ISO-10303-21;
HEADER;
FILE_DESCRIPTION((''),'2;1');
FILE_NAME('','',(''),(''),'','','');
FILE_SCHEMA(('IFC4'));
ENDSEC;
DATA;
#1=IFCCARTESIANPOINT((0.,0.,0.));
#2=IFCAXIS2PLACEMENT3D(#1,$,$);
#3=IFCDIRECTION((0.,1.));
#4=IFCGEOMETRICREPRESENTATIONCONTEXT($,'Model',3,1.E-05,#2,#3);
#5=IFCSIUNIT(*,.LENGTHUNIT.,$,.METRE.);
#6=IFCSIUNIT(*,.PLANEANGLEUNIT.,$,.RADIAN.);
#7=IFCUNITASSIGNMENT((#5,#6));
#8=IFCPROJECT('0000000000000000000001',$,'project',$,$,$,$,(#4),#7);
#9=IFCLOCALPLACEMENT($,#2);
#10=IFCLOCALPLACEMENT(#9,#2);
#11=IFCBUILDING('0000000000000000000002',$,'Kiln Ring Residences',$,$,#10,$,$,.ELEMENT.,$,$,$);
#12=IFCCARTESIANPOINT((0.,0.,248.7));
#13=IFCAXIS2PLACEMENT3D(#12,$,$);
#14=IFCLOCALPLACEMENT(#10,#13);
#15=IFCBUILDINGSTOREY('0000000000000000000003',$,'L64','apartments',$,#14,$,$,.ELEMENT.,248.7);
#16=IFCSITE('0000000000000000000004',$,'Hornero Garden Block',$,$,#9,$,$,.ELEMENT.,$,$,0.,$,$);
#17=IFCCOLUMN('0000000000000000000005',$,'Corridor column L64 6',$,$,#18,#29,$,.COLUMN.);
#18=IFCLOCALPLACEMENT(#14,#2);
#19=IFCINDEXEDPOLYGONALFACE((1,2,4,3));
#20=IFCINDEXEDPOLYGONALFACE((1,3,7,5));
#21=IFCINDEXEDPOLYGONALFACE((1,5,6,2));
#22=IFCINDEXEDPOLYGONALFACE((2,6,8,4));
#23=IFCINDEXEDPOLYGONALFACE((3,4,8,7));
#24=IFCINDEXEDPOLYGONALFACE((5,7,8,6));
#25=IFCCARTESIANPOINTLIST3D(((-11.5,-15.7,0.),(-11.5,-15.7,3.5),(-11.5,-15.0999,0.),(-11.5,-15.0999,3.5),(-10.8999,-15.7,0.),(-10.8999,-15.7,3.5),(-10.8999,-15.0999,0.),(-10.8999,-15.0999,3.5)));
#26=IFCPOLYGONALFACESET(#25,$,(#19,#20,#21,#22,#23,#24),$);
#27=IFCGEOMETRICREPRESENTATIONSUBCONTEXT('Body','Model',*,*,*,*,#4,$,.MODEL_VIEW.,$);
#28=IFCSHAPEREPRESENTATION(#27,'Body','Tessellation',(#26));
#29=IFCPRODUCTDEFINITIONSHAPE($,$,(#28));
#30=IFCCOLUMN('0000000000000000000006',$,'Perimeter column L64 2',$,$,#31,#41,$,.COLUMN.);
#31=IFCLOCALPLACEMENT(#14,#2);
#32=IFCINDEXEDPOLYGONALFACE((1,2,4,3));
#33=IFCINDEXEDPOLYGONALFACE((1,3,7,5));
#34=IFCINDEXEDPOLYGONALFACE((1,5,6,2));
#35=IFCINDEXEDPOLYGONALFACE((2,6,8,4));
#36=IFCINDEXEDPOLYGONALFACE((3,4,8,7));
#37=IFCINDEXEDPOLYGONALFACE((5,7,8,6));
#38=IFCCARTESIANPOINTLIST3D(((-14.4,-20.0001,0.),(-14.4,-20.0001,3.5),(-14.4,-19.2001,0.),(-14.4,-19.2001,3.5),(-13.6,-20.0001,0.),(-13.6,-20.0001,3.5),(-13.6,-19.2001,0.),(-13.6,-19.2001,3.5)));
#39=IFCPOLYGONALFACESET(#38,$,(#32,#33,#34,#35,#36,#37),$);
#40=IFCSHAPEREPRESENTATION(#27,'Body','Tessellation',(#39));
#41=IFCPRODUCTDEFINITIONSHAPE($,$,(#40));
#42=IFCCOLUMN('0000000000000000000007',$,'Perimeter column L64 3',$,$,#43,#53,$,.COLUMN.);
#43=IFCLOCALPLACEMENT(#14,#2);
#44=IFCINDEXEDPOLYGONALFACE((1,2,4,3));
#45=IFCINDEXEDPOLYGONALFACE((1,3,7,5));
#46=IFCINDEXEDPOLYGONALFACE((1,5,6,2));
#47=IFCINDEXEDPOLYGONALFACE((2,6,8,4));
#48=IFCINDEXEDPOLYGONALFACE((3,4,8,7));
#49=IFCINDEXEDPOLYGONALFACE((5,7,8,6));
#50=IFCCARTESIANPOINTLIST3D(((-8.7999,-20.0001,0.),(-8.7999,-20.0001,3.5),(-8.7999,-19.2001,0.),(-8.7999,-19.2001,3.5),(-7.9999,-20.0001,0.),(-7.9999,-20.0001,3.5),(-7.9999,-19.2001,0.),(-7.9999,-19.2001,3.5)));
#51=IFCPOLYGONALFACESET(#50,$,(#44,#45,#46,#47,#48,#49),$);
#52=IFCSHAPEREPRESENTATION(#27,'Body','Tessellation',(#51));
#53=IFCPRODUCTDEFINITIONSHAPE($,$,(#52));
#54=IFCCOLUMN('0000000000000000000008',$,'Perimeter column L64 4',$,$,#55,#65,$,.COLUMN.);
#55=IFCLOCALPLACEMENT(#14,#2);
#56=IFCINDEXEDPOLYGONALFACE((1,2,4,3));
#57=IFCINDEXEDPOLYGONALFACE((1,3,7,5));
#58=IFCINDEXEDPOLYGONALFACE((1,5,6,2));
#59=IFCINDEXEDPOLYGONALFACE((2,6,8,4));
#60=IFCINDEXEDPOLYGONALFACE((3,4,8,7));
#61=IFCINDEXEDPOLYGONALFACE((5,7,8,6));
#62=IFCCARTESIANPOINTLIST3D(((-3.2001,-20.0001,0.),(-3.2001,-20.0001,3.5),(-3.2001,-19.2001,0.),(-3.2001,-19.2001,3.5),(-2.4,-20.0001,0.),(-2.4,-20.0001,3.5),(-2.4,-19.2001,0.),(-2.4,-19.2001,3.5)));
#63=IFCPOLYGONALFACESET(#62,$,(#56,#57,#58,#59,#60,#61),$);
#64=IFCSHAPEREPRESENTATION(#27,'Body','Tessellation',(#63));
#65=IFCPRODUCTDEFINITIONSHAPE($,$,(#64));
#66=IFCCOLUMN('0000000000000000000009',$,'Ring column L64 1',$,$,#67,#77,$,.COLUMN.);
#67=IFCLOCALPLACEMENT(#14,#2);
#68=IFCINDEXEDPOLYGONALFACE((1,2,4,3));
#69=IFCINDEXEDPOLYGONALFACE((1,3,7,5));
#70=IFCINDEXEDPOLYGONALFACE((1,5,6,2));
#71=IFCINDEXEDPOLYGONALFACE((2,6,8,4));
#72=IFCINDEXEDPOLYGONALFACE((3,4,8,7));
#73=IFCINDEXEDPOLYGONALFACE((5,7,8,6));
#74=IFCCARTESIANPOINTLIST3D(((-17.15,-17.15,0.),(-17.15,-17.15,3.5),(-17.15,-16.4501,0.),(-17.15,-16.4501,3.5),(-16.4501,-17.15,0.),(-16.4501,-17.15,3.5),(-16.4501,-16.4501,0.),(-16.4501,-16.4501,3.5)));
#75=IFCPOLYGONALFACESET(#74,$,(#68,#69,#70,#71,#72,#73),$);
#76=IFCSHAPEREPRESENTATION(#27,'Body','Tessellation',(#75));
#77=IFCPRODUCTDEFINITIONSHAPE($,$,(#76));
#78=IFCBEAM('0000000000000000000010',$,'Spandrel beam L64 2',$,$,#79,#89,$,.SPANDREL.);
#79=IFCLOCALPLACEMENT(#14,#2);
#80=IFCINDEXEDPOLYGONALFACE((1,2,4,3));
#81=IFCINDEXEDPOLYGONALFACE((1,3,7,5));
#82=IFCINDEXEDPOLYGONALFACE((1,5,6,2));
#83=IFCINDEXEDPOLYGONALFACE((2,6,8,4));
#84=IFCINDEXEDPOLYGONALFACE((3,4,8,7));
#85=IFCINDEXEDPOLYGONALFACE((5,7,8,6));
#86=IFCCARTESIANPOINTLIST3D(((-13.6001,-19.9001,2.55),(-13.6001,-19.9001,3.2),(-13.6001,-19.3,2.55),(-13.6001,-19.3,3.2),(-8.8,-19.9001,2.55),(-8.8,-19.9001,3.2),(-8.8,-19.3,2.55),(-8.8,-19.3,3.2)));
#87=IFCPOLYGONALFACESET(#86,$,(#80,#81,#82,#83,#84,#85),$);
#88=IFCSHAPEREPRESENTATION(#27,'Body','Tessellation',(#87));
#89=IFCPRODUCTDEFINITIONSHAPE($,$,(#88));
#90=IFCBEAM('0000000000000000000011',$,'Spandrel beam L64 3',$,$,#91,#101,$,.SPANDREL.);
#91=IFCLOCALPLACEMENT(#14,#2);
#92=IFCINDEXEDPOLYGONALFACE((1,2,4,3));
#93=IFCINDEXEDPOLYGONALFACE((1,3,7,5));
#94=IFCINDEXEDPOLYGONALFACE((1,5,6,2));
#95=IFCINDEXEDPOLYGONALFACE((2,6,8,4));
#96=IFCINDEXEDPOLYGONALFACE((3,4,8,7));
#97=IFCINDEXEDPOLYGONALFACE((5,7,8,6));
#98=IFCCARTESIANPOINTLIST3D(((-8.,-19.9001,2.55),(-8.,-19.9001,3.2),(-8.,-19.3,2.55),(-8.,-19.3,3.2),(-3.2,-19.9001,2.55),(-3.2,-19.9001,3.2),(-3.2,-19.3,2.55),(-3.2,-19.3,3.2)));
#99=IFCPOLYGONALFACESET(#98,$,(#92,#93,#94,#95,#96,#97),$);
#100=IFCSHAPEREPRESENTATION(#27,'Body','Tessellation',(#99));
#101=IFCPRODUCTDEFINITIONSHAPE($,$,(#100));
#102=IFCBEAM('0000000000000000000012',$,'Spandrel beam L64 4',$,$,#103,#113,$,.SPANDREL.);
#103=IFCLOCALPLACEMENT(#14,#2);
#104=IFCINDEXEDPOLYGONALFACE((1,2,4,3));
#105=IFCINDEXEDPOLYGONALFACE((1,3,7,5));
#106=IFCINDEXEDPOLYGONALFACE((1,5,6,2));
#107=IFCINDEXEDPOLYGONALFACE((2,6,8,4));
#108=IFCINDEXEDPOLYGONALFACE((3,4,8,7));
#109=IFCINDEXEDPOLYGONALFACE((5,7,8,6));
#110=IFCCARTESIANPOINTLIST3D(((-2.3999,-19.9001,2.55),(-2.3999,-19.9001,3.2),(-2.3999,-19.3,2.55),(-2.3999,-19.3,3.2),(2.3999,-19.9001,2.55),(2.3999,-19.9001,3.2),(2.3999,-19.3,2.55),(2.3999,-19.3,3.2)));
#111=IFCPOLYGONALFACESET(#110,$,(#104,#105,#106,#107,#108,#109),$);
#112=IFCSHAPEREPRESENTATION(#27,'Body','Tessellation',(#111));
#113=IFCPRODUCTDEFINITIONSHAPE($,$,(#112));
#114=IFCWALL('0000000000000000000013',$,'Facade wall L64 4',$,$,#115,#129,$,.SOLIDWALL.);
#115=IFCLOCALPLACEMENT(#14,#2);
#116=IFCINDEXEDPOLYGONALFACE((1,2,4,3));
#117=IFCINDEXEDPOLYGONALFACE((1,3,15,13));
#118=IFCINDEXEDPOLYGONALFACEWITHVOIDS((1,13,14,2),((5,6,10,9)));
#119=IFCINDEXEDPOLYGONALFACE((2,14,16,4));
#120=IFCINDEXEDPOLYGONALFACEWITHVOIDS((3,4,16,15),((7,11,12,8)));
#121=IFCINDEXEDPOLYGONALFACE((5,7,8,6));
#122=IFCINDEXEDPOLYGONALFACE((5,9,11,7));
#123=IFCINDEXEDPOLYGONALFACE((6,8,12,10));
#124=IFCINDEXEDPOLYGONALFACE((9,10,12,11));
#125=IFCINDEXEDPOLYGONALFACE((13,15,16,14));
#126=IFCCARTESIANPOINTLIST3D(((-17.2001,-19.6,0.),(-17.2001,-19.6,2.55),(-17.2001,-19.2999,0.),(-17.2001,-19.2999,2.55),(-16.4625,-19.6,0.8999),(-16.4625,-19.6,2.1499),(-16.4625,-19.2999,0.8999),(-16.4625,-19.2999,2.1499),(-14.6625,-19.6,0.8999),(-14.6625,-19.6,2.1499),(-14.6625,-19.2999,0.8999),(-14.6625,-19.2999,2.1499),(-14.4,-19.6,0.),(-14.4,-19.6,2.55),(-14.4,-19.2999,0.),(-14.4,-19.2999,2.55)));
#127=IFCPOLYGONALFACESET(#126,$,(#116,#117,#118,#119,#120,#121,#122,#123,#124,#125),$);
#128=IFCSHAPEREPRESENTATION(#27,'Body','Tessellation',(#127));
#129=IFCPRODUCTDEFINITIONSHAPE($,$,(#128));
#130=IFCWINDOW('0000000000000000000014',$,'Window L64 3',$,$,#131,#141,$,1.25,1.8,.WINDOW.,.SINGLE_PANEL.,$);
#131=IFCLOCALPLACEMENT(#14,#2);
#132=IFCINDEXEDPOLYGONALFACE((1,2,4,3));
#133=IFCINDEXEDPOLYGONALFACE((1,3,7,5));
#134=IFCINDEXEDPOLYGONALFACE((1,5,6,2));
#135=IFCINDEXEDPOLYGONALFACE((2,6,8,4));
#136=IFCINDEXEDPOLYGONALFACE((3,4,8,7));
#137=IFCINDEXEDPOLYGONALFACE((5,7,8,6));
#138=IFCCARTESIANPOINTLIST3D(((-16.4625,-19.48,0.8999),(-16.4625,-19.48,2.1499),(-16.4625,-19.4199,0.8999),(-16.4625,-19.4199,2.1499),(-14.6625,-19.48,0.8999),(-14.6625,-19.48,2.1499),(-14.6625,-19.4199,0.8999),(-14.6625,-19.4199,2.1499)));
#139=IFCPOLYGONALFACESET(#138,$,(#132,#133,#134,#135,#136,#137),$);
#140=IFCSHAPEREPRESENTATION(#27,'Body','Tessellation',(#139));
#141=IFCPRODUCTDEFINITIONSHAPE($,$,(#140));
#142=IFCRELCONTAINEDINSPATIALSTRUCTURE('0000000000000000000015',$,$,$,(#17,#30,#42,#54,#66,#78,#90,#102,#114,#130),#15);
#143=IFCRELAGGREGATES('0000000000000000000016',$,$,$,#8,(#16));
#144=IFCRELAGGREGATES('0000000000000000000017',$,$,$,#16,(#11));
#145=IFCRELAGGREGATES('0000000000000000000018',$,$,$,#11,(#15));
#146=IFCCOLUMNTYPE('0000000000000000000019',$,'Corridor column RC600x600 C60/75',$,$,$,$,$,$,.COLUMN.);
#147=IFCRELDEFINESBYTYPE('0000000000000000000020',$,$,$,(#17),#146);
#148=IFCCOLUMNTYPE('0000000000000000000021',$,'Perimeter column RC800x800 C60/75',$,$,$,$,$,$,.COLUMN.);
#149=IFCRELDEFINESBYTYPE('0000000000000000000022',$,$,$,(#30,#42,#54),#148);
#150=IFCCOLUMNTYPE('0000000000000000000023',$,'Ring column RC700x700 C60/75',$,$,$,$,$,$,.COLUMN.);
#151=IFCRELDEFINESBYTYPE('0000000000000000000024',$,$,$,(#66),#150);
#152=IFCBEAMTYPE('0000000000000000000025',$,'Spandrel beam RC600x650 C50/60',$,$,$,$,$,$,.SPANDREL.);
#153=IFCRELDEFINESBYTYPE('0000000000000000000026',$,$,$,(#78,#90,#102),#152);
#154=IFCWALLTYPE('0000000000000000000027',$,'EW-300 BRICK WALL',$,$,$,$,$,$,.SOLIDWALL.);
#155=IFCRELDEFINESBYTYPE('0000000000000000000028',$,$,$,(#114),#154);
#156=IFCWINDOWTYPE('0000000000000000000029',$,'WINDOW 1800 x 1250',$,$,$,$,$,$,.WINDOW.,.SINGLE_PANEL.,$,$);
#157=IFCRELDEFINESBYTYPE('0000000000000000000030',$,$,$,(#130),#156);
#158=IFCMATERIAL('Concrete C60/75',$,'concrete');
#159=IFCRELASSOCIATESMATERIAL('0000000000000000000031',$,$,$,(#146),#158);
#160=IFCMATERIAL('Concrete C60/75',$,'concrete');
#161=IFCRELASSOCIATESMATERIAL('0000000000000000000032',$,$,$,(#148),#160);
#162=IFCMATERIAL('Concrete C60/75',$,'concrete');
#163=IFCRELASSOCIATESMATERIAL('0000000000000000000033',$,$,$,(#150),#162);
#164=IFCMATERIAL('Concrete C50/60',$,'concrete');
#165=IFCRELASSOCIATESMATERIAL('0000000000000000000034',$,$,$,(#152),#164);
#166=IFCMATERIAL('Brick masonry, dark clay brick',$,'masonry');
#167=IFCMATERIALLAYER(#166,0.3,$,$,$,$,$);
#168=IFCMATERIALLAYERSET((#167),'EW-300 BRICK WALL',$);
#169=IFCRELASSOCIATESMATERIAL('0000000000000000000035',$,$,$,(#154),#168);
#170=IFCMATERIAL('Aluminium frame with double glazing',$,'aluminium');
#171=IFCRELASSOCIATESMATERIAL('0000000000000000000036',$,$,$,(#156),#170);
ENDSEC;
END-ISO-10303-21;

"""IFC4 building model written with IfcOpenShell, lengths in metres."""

from ifc_helpers import new_model, si_unit, direction, frame, frame_2d, origin, origin_2d, place, context, subcontext, project, spatial, rectangle, extrude, material, layer, layer_set, material_profile, profile_set, type_object, element, fill, save


model = new_model("IFC4")

# Units and contexts
model_context = context("Model", 3, precision=1e-05, world=origin(), true_north=direction((0.0, 1.0)))
body_context = subcontext(model_context, "Body", "Model", "MODEL_VIEW")
ifc_project = project(units=[si_unit("LENGTHUNIT", "METRE"), si_unit("PLANEANGLEUNIT", "RADIAN")], contexts=[model_context])

# Site, building, storey
site_placement = place(None, origin())
site = spatial("IfcSite", under=ifc_project, at=site_placement, Name="Hornero Garden Block", CompositionType="ELEMENT", RefElevation=0.0)
building_placement = place(site_placement, origin())
building = spatial("IfcBuilding", under=site, at=building_placement, Name="Kiln Ring Residences", CompositionType="ELEMENT")
storey_placement = place(building_placement, frame((0.0, 0.0, 248.7)))
storey = spatial("IfcBuildingStorey", under=building, at=storey_placement, Name="L64", Description="apartments", CompositionType="ELEMENT", Elevation=248.7)

# Columns
ifc_material_1 = material(Name="Concrete C60/75", Category="concrete")
ifc_material_profile_1 = material_profile(ifc_material_1, rectangle(XDim=0.6001, YDim=0.6001, at=origin_2d()), Name="RC600x600")
ifc_profile_set_1 = profile_set([ifc_material_profile_1], Name="Concrete C60/75")
column_type_1 = type_object("IfcColumnType", Name="Corridor column RC600x600 C60/75", PredefinedType="COLUMN", material=ifc_profile_set_1)
column_1_placement = place(storey_placement, frame((-11.2, -15.3999, 0.0), z_axis=(0.0, 0.0, 1.0), x_axis=(1.0, 0.0, 0.0)))
element("IfcColumn", 1, at=column_1_placement, inside=storey, type_object=column_type_1, Name="Corridor column L64 6", PredefinedType="COLUMN", context=body_context, shape_type="SweptSolid", body=[
    extrude(rectangle(XDim=0.6001, YDim=0.6001, at=origin_2d()), origin(), (0.0, 0.0, 1.0), 3.5),
])
ifc_material_2 = material(Name="Concrete C60/75", Category="concrete")
ifc_material_profile_2 = material_profile(ifc_material_2, rectangle(XDim=0.8, YDim=0.8, at=origin_2d()), Name="RC800x800")
ifc_profile_set_2 = profile_set([ifc_material_profile_2], Name="Concrete C60/75")
column_type_2 = type_object("IfcColumnType", Name="Perimeter column RC800x800 C60/75", PredefinedType="COLUMN", material=ifc_profile_set_2)
for number, where, z_axis, x_axis, name in (
    (2, (-14.0, -19.6001, 0.0), (0.0, 0.0, 1.0), (1.0, 0.0, 0.0), "Perimeter column L64 2"),
    (3, (-8.3999, -19.6001, 0.0), (0.0, 0.0, 1.0), (1.0, 0.0, 0.0), "Perimeter column L64 3"),
    (4, (-2.8, -19.6001, 0.0), (0.0, 0.0, 1.0), (1.0, 0.0, 0.0), "Perimeter column L64 4"),
):
    element("IfcColumn", number, at=place(storey_placement, frame(where, z_axis=z_axis, x_axis=x_axis)), inside=storey, type_object=column_type_2, Name=name, PredefinedType="COLUMN", context=body_context, shape_type="SweptSolid", body=[
        extrude(rectangle(XDim=0.8, YDim=0.8, at=origin_2d()), origin(), (0.0, 0.0, 1.0), 3.5),
    ])
ifc_material_3 = material(Name="Concrete C60/75", Category="concrete")
ifc_material_profile_3 = material_profile(ifc_material_3, rectangle(XDim=0.7, YDim=0.7, at=origin_2d()), Name="RC700x700")
ifc_profile_set_3 = profile_set([ifc_material_profile_3], Name="Concrete C60/75")
column_type_3 = type_object("IfcColumnType", Name="Ring column RC700x700 C60/75", PredefinedType="COLUMN", material=ifc_profile_set_3)
column_2_placement = place(storey_placement, frame((-16.8, -16.8, 0.0), z_axis=(0.0, 0.0, 1.0), x_axis=(1.0, 0.0, 0.0)))
element("IfcColumn", 5, at=column_2_placement, inside=storey, type_object=column_type_3, Name="Ring column L64 1", PredefinedType="COLUMN", context=body_context, shape_type="SweptSolid", body=[
    extrude(rectangle(XDim=0.7, YDim=0.7, at=origin_2d()), origin(), (0.0, 0.0, 1.0), 3.5),
])

# Beams
ifc_material_4 = material(Name="Concrete C50/60", Category="concrete")
ifc_material_profile_4 = material_profile(ifc_material_4, rectangle(XDim=0.6001, YDim=0.6499, at=origin_2d()), Name="RC600x650")
ifc_profile_set_4 = profile_set([ifc_material_profile_4], Name="Concrete C50/60")
beam_type = type_object("IfcBeamType", Name="Spandrel beam RC600x650 C50/60", PredefinedType="SPANDREL", material=ifc_profile_set_4)
for number, where, z_axis, x_axis, name in (
    (6, (-13.6001, -19.6001, 2.875), (1.0, 0.0, 0.0), (0.0, 1.0, 0.0), "Spandrel beam L64 2"),
    (7, (-8.0, -19.6001, 2.875), (1.0, 0.0, 0.0), (0.0, 1.0, 0.0), "Spandrel beam L64 3"),
):
    element("IfcBeam", number, at=place(storey_placement, frame(where, z_axis=z_axis, x_axis=x_axis)), inside=storey, type_object=beam_type, Name=name, PredefinedType="SPANDREL", context=body_context, shape_type="SweptSolid", body=[
        extrude(rectangle(XDim=0.6001, YDim=0.6499, at=origin_2d()), origin(), (0.0, 0.0, 1.0), 4.8),
    ])
beam_placement = place(storey_placement, frame((-2.3999, -19.6001, 2.875), z_axis=(1.0, 0.0, 0.0), x_axis=(0.0, 1.0, 0.0)))
element("IfcBeam", 8, at=beam_placement, inside=storey, type_object=beam_type, Name="Spandrel beam L64 4", PredefinedType="SPANDREL", context=body_context, shape_type="SweptSolid", body=[
    extrude(rectangle(XDim=0.6001, YDim=0.6499, at=origin_2d()), origin(), (0.0, 0.0, 1.0), 4.7998),
])

# Wall, opening, window
ifc_material_5 = material(Name="Brick masonry, dark clay brick", Category="masonry")
ifc_layer_1 = layer(ifc_material_5, 0.3)
ifc_layer_set_1 = layer_set([ifc_layer_1], Name="EW-300 BRICK WALL")
wall_type_1 = type_object("IfcWallType", Name="EW-300 BRICK WALL", PredefinedType="SOLIDWALL", material=ifc_layer_set_1)
wall_1_placement = place(storey_placement, frame((-17.2, -19.45, 0.0), z_axis=(0.0, 0.0, 1.0), x_axis=(1.0, 0.0, 0.0)))
wall_1 = element("IfcWall", 9, at=wall_1_placement, inside=storey, type_object=wall_type_1, Name="Facade wall L64 4", PredefinedType="SOLIDWALL", context=body_context, shape_type="SweptSolid", body=[
    extrude(rectangle(XDim=2.8, YDim=0.3, at=frame_2d((1.3999, 0.0))), origin(), (0.0, 0.0, 1.0), 2.55),
])
opening_1_placement = place(wall_1_placement, frame((0.7375, 0.0, 0.8999)))
opening_1 = element("IfcOpeningElement", 10, at=opening_1_placement, cuts=wall_1, PredefinedType="OPENING", context=body_context, shape_type="SweptSolid", body=[
    extrude(rectangle(XDim=1.8, YDim=1.25, at=frame_2d((0.8999, 0.625))), frame((0.0, 0.1599, 0.0), z_axis=(0.0, -1.0, 0.0), x_axis=(1.0, 0.0, 0.0)), (0.0, 0.0, 1.0), 0.3201),
])
ifc_material_6 = material(Name="Aluminium frame with double glazing", Category="aluminium")
window_type_1 = type_object("IfcWindowType", Name="WINDOW 1800 x 1250", PartitioningType="SINGLE_PANEL", PredefinedType="WINDOW", material=ifc_material_6)
window_1_placement = place(opening_1_placement, origin())
window_1 = element("IfcWindow", 11, at=window_1_placement, inside=storey, type_object=window_type_1, Name="Window L64 3", OverallHeight=1.25, OverallWidth=1.8, PartitioningType="SINGLE_PANEL", PredefinedType="WINDOW", context=body_context, shape_type="SweptSolid", body=[
    extrude(rectangle(XDim=1.8, YDim=1.25, at=frame_2d((0.8999, 0.625))), frame((0.0, 0.03, 0.0), z_axis=(0.0, -1.0, 0.0), x_axis=(1.0, 0.0, 0.0)), (0.0, 0.0, 1.0), 0.0601),
])
fill(opening_1, window_1)

save(model, "model.ifc")
